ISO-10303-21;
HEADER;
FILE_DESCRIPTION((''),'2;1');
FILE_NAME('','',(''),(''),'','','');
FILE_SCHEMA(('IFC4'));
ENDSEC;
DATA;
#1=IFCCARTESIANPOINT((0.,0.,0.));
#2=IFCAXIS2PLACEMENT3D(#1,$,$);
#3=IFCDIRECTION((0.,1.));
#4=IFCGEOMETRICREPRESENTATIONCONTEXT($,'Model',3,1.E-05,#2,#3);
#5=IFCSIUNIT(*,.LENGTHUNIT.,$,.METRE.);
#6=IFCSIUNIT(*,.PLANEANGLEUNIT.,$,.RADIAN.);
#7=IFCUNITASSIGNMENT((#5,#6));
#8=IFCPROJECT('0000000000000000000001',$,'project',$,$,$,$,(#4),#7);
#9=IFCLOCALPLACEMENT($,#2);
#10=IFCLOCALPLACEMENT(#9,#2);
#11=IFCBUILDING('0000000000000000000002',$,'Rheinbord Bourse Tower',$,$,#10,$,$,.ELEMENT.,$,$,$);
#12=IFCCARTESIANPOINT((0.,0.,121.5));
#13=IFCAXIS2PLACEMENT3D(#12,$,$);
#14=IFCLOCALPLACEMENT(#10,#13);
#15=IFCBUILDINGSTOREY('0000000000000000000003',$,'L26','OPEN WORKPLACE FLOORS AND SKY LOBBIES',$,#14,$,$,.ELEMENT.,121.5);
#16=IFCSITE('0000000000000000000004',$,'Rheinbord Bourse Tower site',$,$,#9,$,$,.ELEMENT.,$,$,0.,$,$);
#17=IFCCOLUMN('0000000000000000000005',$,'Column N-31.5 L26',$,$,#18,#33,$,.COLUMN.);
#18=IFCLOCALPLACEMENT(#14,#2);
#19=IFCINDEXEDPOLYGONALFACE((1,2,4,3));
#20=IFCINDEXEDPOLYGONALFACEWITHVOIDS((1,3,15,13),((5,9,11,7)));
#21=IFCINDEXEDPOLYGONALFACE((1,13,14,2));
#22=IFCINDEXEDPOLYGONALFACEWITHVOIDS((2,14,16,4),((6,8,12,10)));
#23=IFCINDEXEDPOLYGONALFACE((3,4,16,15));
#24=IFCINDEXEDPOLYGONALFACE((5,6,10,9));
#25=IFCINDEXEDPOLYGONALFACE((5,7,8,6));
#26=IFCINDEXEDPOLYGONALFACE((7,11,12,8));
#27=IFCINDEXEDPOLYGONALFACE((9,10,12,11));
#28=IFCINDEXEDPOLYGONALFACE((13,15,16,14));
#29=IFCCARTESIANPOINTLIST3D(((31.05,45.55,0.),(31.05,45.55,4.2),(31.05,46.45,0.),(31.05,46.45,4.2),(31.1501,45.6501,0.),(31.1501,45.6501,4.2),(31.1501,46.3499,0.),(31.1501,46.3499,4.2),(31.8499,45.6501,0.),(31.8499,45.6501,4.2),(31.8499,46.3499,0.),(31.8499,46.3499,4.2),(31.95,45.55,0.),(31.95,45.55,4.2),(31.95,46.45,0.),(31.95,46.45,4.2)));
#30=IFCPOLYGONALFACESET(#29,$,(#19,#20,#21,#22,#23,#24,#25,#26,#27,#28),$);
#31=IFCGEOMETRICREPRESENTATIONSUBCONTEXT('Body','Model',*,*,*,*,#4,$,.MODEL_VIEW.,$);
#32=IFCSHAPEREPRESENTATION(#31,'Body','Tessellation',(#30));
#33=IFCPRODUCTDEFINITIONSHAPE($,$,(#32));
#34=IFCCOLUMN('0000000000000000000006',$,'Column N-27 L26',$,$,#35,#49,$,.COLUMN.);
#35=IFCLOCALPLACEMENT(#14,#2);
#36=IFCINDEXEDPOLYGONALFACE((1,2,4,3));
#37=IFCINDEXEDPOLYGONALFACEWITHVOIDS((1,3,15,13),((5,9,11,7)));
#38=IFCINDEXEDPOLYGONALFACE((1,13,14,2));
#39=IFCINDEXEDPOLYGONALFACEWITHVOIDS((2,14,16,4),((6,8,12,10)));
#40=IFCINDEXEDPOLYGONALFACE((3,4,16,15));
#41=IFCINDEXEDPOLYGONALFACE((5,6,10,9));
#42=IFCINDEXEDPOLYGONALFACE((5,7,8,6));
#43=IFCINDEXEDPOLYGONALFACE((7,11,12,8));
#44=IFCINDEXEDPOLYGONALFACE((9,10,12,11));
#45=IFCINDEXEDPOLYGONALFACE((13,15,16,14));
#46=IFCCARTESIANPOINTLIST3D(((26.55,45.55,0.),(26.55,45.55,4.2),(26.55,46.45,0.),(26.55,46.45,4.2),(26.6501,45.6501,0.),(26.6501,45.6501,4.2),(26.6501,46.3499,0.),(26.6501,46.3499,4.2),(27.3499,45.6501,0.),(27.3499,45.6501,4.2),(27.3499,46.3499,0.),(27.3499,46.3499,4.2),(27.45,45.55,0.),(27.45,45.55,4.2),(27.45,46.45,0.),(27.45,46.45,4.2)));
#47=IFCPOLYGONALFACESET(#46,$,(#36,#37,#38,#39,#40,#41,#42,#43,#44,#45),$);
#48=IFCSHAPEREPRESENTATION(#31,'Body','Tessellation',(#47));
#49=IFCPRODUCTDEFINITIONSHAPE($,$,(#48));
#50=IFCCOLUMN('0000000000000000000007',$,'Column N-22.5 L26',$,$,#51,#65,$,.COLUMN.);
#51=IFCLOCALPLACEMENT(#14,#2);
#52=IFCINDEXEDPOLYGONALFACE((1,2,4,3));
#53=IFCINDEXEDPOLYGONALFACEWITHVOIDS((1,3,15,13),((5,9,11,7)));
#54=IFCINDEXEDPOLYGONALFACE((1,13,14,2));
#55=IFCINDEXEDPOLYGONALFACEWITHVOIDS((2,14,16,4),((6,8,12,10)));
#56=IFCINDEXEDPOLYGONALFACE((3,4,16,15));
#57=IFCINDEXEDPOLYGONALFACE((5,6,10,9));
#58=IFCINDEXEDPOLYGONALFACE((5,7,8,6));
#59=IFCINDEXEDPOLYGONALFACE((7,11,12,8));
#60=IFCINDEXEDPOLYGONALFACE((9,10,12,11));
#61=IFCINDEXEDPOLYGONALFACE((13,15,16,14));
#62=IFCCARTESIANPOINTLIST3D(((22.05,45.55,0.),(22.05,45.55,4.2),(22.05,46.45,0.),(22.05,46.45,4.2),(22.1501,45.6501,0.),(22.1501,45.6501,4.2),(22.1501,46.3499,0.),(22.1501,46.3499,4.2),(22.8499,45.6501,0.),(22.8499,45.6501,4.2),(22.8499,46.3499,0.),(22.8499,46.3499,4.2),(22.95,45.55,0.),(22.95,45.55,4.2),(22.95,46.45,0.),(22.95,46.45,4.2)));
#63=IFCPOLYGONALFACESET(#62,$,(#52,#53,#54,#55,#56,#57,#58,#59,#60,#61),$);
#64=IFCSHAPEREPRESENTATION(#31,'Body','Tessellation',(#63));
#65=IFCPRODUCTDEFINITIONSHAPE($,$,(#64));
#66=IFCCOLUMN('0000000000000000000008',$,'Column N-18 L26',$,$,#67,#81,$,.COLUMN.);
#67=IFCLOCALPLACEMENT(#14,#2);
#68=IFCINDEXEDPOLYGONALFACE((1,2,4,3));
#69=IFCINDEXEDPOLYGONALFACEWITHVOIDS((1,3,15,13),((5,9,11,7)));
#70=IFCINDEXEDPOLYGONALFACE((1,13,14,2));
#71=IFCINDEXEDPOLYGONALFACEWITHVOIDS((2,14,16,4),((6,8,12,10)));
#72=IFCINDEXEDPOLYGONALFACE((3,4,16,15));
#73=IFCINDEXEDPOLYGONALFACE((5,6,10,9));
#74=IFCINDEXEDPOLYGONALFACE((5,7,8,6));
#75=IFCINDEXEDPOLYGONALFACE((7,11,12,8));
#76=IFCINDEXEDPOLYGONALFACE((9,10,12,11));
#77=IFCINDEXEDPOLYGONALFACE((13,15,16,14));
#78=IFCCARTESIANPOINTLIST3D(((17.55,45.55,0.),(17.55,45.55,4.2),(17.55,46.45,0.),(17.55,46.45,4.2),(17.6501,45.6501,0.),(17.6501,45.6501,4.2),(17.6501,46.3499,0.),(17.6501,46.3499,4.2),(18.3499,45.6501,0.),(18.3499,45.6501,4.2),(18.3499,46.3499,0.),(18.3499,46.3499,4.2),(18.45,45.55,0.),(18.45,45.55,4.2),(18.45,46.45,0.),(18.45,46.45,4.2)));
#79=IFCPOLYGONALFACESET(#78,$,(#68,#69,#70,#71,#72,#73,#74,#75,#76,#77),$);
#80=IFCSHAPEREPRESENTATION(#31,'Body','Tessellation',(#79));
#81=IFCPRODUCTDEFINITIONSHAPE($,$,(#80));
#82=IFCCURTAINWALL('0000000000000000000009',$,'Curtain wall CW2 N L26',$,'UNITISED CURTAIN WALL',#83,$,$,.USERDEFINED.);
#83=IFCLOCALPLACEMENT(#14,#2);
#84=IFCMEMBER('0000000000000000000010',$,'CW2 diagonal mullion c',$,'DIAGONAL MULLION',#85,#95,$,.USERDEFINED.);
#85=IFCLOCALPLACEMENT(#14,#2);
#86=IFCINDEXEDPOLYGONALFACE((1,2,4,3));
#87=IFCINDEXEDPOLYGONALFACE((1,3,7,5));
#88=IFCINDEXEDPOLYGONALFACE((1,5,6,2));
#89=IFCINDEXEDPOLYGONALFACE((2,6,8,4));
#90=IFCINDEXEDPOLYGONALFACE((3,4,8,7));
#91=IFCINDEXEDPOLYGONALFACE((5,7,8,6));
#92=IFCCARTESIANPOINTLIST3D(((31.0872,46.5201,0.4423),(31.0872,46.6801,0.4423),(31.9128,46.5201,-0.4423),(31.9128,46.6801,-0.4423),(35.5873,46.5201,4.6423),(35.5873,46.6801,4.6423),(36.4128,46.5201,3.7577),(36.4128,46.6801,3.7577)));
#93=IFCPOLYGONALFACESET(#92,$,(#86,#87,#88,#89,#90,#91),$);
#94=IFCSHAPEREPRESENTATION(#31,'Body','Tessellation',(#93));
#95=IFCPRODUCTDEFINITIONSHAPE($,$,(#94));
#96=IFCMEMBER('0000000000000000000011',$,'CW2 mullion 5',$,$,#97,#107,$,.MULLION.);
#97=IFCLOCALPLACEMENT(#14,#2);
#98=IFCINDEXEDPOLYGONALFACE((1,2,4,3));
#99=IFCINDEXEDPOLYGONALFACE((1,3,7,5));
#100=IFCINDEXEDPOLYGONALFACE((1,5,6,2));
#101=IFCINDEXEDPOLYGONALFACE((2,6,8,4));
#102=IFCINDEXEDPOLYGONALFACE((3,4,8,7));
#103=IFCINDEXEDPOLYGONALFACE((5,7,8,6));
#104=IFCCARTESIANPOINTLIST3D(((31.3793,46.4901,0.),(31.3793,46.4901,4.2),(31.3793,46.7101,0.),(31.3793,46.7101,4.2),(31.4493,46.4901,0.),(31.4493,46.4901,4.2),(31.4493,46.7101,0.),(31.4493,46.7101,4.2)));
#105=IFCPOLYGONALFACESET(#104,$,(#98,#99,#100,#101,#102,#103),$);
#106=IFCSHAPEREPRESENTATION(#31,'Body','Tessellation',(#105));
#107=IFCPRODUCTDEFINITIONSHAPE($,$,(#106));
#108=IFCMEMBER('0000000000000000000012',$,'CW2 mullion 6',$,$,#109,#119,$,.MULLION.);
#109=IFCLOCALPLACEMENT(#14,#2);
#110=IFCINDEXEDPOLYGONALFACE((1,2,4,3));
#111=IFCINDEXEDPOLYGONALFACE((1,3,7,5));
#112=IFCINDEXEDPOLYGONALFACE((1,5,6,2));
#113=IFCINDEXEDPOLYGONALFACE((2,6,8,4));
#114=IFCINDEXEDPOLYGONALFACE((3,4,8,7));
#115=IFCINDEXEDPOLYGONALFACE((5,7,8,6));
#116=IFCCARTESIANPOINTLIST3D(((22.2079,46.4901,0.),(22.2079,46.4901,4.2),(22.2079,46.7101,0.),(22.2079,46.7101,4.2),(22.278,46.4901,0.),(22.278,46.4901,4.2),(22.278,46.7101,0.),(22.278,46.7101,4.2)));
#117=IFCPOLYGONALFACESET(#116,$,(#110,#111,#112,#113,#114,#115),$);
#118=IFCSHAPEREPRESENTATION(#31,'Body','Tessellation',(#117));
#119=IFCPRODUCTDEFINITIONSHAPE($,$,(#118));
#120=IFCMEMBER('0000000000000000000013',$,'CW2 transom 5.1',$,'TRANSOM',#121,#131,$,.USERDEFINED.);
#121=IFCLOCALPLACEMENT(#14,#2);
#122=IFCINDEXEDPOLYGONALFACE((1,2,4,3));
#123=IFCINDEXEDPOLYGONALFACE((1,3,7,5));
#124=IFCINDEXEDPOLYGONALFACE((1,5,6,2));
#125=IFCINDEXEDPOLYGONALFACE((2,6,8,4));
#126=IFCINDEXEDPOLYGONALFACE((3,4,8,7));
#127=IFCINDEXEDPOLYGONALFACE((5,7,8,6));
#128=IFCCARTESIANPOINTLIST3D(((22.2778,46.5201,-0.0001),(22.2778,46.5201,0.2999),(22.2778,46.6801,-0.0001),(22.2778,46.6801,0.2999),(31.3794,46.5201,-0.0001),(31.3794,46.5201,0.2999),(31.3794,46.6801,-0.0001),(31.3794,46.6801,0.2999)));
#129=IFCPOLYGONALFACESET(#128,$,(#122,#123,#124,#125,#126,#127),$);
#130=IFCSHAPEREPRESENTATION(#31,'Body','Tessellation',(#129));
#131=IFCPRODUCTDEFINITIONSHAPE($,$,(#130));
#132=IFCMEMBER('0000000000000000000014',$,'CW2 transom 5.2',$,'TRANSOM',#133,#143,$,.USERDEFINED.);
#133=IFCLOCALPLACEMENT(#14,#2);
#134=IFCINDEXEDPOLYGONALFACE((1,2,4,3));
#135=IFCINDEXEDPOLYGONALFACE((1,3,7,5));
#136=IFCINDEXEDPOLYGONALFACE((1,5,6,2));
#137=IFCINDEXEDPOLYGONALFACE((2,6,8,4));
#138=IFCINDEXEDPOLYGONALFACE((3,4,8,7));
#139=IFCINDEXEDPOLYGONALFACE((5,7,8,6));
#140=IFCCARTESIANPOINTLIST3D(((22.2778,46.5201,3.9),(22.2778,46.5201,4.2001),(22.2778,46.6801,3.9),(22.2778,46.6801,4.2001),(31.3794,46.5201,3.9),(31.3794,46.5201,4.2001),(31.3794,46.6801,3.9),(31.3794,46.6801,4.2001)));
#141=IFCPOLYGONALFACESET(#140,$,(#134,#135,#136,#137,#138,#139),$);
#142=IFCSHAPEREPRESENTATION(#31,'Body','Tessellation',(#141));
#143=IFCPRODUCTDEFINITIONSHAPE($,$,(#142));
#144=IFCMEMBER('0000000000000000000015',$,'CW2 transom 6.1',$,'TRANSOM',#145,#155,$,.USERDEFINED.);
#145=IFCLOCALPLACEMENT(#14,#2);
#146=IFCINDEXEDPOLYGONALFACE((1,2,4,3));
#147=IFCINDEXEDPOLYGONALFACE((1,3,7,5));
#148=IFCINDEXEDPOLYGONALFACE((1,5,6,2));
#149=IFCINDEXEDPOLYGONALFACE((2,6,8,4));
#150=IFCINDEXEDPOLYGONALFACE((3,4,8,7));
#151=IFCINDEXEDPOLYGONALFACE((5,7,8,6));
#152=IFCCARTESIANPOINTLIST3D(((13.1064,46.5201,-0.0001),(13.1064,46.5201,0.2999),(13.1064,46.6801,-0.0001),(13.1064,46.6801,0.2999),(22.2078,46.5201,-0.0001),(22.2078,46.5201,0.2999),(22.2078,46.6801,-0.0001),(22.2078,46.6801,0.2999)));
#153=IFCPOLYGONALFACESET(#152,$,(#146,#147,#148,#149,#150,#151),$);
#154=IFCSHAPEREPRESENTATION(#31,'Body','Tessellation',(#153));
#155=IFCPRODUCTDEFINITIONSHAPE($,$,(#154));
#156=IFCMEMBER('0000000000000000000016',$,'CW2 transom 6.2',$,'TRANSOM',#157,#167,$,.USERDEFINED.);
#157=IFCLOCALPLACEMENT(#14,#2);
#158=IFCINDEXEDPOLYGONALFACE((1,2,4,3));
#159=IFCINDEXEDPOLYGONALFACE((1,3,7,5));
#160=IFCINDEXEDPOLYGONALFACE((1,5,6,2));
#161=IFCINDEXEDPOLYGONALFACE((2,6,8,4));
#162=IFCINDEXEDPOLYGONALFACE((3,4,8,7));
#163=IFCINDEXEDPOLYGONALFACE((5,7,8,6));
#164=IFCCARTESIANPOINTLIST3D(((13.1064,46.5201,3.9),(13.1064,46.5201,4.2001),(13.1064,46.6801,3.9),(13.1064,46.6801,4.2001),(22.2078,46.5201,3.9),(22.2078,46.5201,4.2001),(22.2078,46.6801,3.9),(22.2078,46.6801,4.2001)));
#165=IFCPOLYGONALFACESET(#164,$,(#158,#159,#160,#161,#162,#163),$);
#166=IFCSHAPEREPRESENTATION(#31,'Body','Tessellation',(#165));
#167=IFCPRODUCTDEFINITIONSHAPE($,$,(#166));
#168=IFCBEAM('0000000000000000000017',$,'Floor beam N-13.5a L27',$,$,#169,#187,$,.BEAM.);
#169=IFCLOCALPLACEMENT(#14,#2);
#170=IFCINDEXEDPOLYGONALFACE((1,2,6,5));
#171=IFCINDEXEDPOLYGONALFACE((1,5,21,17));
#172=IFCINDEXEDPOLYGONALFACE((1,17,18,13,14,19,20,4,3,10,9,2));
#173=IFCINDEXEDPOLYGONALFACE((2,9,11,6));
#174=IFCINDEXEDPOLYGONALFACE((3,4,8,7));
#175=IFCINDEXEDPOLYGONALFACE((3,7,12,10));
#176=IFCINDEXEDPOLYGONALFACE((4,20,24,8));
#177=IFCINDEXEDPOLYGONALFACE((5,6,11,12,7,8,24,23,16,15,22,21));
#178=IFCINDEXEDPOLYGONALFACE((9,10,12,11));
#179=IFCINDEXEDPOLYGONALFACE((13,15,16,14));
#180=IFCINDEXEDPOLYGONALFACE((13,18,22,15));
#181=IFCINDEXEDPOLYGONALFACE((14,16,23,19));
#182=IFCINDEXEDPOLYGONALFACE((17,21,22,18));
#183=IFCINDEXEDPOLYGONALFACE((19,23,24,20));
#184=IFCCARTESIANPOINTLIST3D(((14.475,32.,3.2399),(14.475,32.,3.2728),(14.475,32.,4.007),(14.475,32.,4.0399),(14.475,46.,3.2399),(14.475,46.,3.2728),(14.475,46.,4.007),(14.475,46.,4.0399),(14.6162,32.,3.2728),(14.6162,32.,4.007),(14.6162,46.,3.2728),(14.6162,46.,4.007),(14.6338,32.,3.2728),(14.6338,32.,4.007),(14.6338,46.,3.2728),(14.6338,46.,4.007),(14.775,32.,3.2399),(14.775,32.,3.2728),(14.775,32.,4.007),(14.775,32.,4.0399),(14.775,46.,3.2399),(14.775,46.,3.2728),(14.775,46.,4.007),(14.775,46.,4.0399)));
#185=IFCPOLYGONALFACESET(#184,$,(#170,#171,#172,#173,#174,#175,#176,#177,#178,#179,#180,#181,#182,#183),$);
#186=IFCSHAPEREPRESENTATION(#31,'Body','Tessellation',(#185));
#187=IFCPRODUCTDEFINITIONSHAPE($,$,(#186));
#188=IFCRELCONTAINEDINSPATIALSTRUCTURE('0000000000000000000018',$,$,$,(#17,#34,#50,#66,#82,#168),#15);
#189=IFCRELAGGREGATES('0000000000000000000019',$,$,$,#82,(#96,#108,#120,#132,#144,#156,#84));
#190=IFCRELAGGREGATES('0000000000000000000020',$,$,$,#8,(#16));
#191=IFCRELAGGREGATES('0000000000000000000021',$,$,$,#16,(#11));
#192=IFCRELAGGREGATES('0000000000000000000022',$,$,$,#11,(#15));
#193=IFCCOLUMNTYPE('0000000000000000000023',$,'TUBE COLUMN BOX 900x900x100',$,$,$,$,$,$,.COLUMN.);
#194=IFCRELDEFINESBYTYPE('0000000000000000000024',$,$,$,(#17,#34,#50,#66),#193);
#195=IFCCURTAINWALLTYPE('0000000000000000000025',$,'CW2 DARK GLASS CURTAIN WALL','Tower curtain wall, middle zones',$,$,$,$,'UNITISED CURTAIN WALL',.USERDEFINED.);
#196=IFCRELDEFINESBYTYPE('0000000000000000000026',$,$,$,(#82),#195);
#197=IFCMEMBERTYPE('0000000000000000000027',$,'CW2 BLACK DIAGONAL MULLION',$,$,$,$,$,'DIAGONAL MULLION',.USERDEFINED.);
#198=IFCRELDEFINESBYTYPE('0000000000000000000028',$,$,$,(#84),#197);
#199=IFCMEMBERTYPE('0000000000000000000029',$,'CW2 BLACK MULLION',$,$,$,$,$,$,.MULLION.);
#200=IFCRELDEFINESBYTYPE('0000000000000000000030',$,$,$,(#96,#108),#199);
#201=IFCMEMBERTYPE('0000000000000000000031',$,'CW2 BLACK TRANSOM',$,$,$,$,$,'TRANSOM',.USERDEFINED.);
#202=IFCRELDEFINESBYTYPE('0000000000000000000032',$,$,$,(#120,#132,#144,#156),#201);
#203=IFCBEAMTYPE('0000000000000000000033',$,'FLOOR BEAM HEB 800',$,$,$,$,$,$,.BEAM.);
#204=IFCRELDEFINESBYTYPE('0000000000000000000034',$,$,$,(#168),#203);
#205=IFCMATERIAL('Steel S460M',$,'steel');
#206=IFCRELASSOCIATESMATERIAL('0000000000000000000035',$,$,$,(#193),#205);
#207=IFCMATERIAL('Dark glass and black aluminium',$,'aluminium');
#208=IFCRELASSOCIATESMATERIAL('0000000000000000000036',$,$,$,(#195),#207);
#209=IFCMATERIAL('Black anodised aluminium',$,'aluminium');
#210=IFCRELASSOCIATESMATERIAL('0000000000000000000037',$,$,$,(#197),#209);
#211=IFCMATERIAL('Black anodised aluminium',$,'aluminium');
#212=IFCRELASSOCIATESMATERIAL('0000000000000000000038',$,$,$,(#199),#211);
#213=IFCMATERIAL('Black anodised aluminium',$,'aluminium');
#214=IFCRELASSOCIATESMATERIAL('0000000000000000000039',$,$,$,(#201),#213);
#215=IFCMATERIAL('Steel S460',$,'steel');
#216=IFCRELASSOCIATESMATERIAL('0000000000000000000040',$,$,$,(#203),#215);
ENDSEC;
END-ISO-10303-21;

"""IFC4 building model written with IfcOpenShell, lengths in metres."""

from ifc_helpers import new_model, si_unit, direction, frame, origin, origin_2d, place, context, subcontext, project, spatial, rectangle, hollow_rectangle, i_section, extrude, material, material_profile, profile_set, type_object, element, aggregate, save


model = new_model("IFC4")

# Units and contexts
model_context = context("Model", 3, precision=1e-05, world=origin(), true_north=direction((0.0, 1.0)))
body_context = subcontext(model_context, "Body", "Model", "MODEL_VIEW")
ifc_project = project(units=[si_unit("LENGTHUNIT", "METRE"), si_unit("PLANEANGLEUNIT", "RADIAN")], contexts=[model_context])

# Site, building, storey
site_placement = place(None, origin())
site = spatial("IfcSite", under=ifc_project, at=site_placement, Name="Rheinbord Bourse Tower site", CompositionType="ELEMENT", RefElevation=0.0)
building_placement = place(site_placement, origin())
building = spatial("IfcBuilding", under=site, at=building_placement, Name="Rheinbord Bourse Tower", CompositionType="ELEMENT")
storey_placement = place(building_placement, frame((0.0, 0.0, 121.5)))
storey = spatial("IfcBuildingStorey", under=building, at=storey_placement, Name="L26", Description="OPEN WORKPLACE FLOORS AND SKY LOBBIES", CompositionType="ELEMENT", Elevation=121.5)

# Columns
ifc_material_1 = material(Name="Steel S460M", Category="steel")
ifc_material_profile_1 = material_profile(ifc_material_1, hollow_rectangle(XDim=0.8999, YDim=0.8999, WallThickness=0.1001, at=origin_2d()), Name="BOX 900x900x100")
ifc_profile_set_1 = profile_set([ifc_material_profile_1], Name="Steel S460M")
column_type = type_object("IfcColumnType", Name="TUBE COLUMN BOX 900x900x100", PredefinedType="COLUMN", material=ifc_profile_set_1)
for number, where, z_axis, x_axis, name in (
    (1, (31.5, 46.0, 0.0), (0.0, 0.0, 1.0), (0.0, 1.0, 0.0), "Column N-31.5 L26"),
    (2, (27.0, 46.0, 0.0), (0.0, 0.0, 1.0), (0.0, 1.0, 0.0), "Column N-27 L26"),
    (3, (22.5, 46.0, 0.0), (0.0, 0.0, 1.0), (0.0, 1.0, 0.0), "Column N-22.5 L26"),
    (4, (18.0, 46.0, 0.0), (0.0, 0.0, 1.0), (0.0, 1.0, 0.0), "Column N-18 L26"),
):
    element("IfcColumn", number, at=place(storey_placement, frame(where, z_axis=z_axis, x_axis=x_axis)), inside=storey, type_object=column_type, Name=name, PredefinedType="COLUMN", context=body_context, shape_type="SweptSolid", body=[
        extrude(hollow_rectangle(XDim=0.8999, YDim=0.8999, WallThickness=0.1001, at=origin_2d()), origin(), (0.0, 0.0, 1.0), 4.2),
    ])

# Curtain wall, members
ifc_material_2 = material(Name="Dark glass and black aluminium", Category="aluminium")
curtain_wall_type = type_object("IfcCurtainWallType", Name="CW2 DARK GLASS CURTAIN WALL", Description="Tower curtain wall, middle zones", ElementType="UNITISED CURTAIN WALL", PredefinedType="USERDEFINED", material=ifc_material_2)
curtain_wall_placement = place(storey_placement, origin())
curtain_wall = element("IfcCurtainWall", 5, at=curtain_wall_placement, inside=storey, type_object=curtain_wall_type, Name="Curtain wall CW2 N L26", ObjectType="UNITISED CURTAIN WALL", PredefinedType="USERDEFINED")
ifc_material_3 = material(Name="Black anodised aluminium", Category="aluminium")
ifc_material_profile_2 = material_profile(ifc_material_3, rectangle(XDim=0.1599, YDim=1.21, at=origin_2d()), Name="CW2 DIAGONAL MULLION 1210x160")
ifc_profile_set_2 = profile_set([ifc_material_profile_2], Name="Black anodised aluminium")
member_type_1 = type_object("IfcMemberType", Name="CW2 BLACK DIAGONAL MULLION", ElementType="DIAGONAL MULLION", PredefinedType="USERDEFINED", material=ifc_profile_set_2)
member_1_placement = place(storey_placement, frame((31.5, 46.6001, 0.0), z_axis=(0.731059, 0.0, 0.682314), x_axis=(0.0, 1.0, 0.0)))
member_1 = element("IfcMember", 6, at=member_1_placement, type_object=member_type_1, Name="CW2 diagonal mullion c", ObjectType="DIAGONAL MULLION", PredefinedType="USERDEFINED", context=body_context, shape_type="SweptSolid", body=[
    extrude(rectangle(XDim=0.1599, YDim=1.21, at=origin_2d()), origin(), (0.0, 0.0, 1.0), 6.1555),
])
ifc_material_4 = material(Name="Black anodised aluminium", Category="aluminium")
ifc_material_profile_3 = material_profile(ifc_material_4, rectangle(XDim=0.22, YDim=0.0701, at=origin_2d()), Name="CW2 MULLION 70x220")
ifc_profile_set_3 = profile_set([ifc_material_profile_3], Name="Black anodised aluminium")
member_type_2 = type_object("IfcMemberType", Name="CW2 BLACK MULLION", PredefinedType="MULLION", material=ifc_profile_set_3)
member_2_placement = place(storey_placement, frame((31.4143, 46.6001, 0.0), z_axis=(0.0, 0.0, 1.0), x_axis=(0.0, -1.0, 0.0)))
member_2 = element("IfcMember", 7, at=member_2_placement, type_object=member_type_2, Name="CW2 mullion 5", PredefinedType="MULLION", context=body_context, shape_type="SweptSolid", body=[
    extrude(rectangle(XDim=0.22, YDim=0.0701, at=origin_2d()), origin(), (0.0, 0.0, 1.0), 4.2),
])
member_3_placement = place(storey_placement, frame((22.2429, 46.6001, 0.0), z_axis=(0.0, 0.0, 1.0), x_axis=(0.0, -1.0, 0.0)))
member_3 = element("IfcMember", 8, at=member_3_placement, type_object=member_type_2, Name="CW2 mullion 6", PredefinedType="MULLION", context=body_context, shape_type="SweptSolid", body=[
    extrude(rectangle(XDim=0.22, YDim=0.0701, at=origin_2d()), origin(), (0.0, 0.0, 1.0), 4.2),
])
ifc_material_5 = material(Name="Black anodised aluminium", Category="aluminium")
ifc_material_profile_4 = material_profile(ifc_material_5, rectangle(XDim=0.1599, YDim=0.3, at=origin_2d()), Name="CW2 TRANSOM 300x160")
ifc_profile_set_4 = profile_set([ifc_material_profile_4], Name="Black anodised aluminium")
member_type_3 = type_object("IfcMemberType", Name="CW2 BLACK TRANSOM", ElementType="TRANSOM", PredefinedType="USERDEFINED", material=ifc_profile_set_4)
member_4_placement = place(storey_placement, frame((31.3794, 46.6001, 0.1499), z_axis=(-1.0, 0.0, 0.0), x_axis=(0.0, -1.0, 0.0)))
member_4 = element("IfcMember", 9, at=member_4_placement, type_object=member_type_3, Name="CW2 transom 5.1", ObjectType="TRANSOM", PredefinedType="USERDEFINED", context=body_context, shape_type="SweptSolid", body=[
    extrude(rectangle(XDim=0.1599, YDim=0.3, at=origin_2d()), origin(), (0.0, 0.0, 1.0), 9.1016),
])
member_5_placement = place(storey_placement, frame((31.3794, 46.6001, 4.05), z_axis=(-1.0, 0.0, 0.0), x_axis=(0.0, -1.0, 0.0)))
member_5 = element("IfcMember", 10, at=member_5_placement, type_object=member_type_3, Name="CW2 transom 5.2", ObjectType="TRANSOM", PredefinedType="USERDEFINED", context=body_context, shape_type="SweptSolid", body=[
    extrude(rectangle(XDim=0.1599, YDim=0.3, at=origin_2d()), origin(), (0.0, 0.0, 1.0), 9.1016),
])
member_6_placement = place(storey_placement, frame((22.2078, 46.6001, 0.1499), z_axis=(-1.0, 0.0, 0.0), x_axis=(0.0, -1.0, 0.0)))
member_6 = element("IfcMember", 11, at=member_6_placement, type_object=member_type_3, Name="CW2 transom 6.1", ObjectType="TRANSOM", PredefinedType="USERDEFINED", context=body_context, shape_type="SweptSolid", body=[
    extrude(rectangle(XDim=0.1599, YDim=0.3, at=origin_2d()), origin(), (0.0, 0.0, 1.0), 9.1013),
])
member_7_placement = place(storey_placement, frame((22.2078, 46.6001, 4.05), z_axis=(-1.0, 0.0, 0.0), x_axis=(0.0, -1.0, 0.0)))
member_7 = element("IfcMember", 12, at=member_7_placement, type_object=member_type_3, Name="CW2 transom 6.2", ObjectType="TRANSOM", PredefinedType="USERDEFINED", context=body_context, shape_type="SweptSolid", body=[
    extrude(rectangle(XDim=0.1599, YDim=0.3, at=origin_2d()), origin(), (0.0, 0.0, 1.0), 9.1013),
])

# Beam
ifc_material_6 = material(Name="Steel S460", Category="steel")
ifc_material_profile_5 = material_profile(ifc_material_6, i_section(OverallWidth=0.3, OverallDepth=0.8, WebThickness=0.0176, FlangeThickness=0.033, at=origin_2d()), Name="HEB 800")
ifc_profile_set_5 = profile_set([ifc_material_profile_5], Name="Steel S460")
beam_type_1 = type_object("IfcBeamType", Name="FLOOR BEAM HEB 800", PredefinedType="BEAM", material=ifc_profile_set_5)
for number, where, z_axis, x_axis, name in (
    (13, (14.625, 46.0, 3.6399), (0.0, -1.0, 0.0), (1.0, 0.0, 0.0), "Floor beam N-13.5a L27"),
):
    element("IfcBeam", number, at=place(storey_placement, frame(where, z_axis=z_axis, x_axis=x_axis)), inside=storey, type_object=beam_type_1, Name=name, PredefinedType="BEAM", context=body_context, shape_type="SweptSolid", body=[
        extrude(i_section(OverallWidth=0.3, OverallDepth=0.8, WebThickness=0.0176, FlangeThickness=0.033, at=origin_2d()), origin(), (0.0, 0.0, 1.0), 14.0),
    ])

aggregate(curtain_wall, [member_2, member_3, member_4, member_5, member_6, member_7, member_1])

save(model, "model.ifc")
